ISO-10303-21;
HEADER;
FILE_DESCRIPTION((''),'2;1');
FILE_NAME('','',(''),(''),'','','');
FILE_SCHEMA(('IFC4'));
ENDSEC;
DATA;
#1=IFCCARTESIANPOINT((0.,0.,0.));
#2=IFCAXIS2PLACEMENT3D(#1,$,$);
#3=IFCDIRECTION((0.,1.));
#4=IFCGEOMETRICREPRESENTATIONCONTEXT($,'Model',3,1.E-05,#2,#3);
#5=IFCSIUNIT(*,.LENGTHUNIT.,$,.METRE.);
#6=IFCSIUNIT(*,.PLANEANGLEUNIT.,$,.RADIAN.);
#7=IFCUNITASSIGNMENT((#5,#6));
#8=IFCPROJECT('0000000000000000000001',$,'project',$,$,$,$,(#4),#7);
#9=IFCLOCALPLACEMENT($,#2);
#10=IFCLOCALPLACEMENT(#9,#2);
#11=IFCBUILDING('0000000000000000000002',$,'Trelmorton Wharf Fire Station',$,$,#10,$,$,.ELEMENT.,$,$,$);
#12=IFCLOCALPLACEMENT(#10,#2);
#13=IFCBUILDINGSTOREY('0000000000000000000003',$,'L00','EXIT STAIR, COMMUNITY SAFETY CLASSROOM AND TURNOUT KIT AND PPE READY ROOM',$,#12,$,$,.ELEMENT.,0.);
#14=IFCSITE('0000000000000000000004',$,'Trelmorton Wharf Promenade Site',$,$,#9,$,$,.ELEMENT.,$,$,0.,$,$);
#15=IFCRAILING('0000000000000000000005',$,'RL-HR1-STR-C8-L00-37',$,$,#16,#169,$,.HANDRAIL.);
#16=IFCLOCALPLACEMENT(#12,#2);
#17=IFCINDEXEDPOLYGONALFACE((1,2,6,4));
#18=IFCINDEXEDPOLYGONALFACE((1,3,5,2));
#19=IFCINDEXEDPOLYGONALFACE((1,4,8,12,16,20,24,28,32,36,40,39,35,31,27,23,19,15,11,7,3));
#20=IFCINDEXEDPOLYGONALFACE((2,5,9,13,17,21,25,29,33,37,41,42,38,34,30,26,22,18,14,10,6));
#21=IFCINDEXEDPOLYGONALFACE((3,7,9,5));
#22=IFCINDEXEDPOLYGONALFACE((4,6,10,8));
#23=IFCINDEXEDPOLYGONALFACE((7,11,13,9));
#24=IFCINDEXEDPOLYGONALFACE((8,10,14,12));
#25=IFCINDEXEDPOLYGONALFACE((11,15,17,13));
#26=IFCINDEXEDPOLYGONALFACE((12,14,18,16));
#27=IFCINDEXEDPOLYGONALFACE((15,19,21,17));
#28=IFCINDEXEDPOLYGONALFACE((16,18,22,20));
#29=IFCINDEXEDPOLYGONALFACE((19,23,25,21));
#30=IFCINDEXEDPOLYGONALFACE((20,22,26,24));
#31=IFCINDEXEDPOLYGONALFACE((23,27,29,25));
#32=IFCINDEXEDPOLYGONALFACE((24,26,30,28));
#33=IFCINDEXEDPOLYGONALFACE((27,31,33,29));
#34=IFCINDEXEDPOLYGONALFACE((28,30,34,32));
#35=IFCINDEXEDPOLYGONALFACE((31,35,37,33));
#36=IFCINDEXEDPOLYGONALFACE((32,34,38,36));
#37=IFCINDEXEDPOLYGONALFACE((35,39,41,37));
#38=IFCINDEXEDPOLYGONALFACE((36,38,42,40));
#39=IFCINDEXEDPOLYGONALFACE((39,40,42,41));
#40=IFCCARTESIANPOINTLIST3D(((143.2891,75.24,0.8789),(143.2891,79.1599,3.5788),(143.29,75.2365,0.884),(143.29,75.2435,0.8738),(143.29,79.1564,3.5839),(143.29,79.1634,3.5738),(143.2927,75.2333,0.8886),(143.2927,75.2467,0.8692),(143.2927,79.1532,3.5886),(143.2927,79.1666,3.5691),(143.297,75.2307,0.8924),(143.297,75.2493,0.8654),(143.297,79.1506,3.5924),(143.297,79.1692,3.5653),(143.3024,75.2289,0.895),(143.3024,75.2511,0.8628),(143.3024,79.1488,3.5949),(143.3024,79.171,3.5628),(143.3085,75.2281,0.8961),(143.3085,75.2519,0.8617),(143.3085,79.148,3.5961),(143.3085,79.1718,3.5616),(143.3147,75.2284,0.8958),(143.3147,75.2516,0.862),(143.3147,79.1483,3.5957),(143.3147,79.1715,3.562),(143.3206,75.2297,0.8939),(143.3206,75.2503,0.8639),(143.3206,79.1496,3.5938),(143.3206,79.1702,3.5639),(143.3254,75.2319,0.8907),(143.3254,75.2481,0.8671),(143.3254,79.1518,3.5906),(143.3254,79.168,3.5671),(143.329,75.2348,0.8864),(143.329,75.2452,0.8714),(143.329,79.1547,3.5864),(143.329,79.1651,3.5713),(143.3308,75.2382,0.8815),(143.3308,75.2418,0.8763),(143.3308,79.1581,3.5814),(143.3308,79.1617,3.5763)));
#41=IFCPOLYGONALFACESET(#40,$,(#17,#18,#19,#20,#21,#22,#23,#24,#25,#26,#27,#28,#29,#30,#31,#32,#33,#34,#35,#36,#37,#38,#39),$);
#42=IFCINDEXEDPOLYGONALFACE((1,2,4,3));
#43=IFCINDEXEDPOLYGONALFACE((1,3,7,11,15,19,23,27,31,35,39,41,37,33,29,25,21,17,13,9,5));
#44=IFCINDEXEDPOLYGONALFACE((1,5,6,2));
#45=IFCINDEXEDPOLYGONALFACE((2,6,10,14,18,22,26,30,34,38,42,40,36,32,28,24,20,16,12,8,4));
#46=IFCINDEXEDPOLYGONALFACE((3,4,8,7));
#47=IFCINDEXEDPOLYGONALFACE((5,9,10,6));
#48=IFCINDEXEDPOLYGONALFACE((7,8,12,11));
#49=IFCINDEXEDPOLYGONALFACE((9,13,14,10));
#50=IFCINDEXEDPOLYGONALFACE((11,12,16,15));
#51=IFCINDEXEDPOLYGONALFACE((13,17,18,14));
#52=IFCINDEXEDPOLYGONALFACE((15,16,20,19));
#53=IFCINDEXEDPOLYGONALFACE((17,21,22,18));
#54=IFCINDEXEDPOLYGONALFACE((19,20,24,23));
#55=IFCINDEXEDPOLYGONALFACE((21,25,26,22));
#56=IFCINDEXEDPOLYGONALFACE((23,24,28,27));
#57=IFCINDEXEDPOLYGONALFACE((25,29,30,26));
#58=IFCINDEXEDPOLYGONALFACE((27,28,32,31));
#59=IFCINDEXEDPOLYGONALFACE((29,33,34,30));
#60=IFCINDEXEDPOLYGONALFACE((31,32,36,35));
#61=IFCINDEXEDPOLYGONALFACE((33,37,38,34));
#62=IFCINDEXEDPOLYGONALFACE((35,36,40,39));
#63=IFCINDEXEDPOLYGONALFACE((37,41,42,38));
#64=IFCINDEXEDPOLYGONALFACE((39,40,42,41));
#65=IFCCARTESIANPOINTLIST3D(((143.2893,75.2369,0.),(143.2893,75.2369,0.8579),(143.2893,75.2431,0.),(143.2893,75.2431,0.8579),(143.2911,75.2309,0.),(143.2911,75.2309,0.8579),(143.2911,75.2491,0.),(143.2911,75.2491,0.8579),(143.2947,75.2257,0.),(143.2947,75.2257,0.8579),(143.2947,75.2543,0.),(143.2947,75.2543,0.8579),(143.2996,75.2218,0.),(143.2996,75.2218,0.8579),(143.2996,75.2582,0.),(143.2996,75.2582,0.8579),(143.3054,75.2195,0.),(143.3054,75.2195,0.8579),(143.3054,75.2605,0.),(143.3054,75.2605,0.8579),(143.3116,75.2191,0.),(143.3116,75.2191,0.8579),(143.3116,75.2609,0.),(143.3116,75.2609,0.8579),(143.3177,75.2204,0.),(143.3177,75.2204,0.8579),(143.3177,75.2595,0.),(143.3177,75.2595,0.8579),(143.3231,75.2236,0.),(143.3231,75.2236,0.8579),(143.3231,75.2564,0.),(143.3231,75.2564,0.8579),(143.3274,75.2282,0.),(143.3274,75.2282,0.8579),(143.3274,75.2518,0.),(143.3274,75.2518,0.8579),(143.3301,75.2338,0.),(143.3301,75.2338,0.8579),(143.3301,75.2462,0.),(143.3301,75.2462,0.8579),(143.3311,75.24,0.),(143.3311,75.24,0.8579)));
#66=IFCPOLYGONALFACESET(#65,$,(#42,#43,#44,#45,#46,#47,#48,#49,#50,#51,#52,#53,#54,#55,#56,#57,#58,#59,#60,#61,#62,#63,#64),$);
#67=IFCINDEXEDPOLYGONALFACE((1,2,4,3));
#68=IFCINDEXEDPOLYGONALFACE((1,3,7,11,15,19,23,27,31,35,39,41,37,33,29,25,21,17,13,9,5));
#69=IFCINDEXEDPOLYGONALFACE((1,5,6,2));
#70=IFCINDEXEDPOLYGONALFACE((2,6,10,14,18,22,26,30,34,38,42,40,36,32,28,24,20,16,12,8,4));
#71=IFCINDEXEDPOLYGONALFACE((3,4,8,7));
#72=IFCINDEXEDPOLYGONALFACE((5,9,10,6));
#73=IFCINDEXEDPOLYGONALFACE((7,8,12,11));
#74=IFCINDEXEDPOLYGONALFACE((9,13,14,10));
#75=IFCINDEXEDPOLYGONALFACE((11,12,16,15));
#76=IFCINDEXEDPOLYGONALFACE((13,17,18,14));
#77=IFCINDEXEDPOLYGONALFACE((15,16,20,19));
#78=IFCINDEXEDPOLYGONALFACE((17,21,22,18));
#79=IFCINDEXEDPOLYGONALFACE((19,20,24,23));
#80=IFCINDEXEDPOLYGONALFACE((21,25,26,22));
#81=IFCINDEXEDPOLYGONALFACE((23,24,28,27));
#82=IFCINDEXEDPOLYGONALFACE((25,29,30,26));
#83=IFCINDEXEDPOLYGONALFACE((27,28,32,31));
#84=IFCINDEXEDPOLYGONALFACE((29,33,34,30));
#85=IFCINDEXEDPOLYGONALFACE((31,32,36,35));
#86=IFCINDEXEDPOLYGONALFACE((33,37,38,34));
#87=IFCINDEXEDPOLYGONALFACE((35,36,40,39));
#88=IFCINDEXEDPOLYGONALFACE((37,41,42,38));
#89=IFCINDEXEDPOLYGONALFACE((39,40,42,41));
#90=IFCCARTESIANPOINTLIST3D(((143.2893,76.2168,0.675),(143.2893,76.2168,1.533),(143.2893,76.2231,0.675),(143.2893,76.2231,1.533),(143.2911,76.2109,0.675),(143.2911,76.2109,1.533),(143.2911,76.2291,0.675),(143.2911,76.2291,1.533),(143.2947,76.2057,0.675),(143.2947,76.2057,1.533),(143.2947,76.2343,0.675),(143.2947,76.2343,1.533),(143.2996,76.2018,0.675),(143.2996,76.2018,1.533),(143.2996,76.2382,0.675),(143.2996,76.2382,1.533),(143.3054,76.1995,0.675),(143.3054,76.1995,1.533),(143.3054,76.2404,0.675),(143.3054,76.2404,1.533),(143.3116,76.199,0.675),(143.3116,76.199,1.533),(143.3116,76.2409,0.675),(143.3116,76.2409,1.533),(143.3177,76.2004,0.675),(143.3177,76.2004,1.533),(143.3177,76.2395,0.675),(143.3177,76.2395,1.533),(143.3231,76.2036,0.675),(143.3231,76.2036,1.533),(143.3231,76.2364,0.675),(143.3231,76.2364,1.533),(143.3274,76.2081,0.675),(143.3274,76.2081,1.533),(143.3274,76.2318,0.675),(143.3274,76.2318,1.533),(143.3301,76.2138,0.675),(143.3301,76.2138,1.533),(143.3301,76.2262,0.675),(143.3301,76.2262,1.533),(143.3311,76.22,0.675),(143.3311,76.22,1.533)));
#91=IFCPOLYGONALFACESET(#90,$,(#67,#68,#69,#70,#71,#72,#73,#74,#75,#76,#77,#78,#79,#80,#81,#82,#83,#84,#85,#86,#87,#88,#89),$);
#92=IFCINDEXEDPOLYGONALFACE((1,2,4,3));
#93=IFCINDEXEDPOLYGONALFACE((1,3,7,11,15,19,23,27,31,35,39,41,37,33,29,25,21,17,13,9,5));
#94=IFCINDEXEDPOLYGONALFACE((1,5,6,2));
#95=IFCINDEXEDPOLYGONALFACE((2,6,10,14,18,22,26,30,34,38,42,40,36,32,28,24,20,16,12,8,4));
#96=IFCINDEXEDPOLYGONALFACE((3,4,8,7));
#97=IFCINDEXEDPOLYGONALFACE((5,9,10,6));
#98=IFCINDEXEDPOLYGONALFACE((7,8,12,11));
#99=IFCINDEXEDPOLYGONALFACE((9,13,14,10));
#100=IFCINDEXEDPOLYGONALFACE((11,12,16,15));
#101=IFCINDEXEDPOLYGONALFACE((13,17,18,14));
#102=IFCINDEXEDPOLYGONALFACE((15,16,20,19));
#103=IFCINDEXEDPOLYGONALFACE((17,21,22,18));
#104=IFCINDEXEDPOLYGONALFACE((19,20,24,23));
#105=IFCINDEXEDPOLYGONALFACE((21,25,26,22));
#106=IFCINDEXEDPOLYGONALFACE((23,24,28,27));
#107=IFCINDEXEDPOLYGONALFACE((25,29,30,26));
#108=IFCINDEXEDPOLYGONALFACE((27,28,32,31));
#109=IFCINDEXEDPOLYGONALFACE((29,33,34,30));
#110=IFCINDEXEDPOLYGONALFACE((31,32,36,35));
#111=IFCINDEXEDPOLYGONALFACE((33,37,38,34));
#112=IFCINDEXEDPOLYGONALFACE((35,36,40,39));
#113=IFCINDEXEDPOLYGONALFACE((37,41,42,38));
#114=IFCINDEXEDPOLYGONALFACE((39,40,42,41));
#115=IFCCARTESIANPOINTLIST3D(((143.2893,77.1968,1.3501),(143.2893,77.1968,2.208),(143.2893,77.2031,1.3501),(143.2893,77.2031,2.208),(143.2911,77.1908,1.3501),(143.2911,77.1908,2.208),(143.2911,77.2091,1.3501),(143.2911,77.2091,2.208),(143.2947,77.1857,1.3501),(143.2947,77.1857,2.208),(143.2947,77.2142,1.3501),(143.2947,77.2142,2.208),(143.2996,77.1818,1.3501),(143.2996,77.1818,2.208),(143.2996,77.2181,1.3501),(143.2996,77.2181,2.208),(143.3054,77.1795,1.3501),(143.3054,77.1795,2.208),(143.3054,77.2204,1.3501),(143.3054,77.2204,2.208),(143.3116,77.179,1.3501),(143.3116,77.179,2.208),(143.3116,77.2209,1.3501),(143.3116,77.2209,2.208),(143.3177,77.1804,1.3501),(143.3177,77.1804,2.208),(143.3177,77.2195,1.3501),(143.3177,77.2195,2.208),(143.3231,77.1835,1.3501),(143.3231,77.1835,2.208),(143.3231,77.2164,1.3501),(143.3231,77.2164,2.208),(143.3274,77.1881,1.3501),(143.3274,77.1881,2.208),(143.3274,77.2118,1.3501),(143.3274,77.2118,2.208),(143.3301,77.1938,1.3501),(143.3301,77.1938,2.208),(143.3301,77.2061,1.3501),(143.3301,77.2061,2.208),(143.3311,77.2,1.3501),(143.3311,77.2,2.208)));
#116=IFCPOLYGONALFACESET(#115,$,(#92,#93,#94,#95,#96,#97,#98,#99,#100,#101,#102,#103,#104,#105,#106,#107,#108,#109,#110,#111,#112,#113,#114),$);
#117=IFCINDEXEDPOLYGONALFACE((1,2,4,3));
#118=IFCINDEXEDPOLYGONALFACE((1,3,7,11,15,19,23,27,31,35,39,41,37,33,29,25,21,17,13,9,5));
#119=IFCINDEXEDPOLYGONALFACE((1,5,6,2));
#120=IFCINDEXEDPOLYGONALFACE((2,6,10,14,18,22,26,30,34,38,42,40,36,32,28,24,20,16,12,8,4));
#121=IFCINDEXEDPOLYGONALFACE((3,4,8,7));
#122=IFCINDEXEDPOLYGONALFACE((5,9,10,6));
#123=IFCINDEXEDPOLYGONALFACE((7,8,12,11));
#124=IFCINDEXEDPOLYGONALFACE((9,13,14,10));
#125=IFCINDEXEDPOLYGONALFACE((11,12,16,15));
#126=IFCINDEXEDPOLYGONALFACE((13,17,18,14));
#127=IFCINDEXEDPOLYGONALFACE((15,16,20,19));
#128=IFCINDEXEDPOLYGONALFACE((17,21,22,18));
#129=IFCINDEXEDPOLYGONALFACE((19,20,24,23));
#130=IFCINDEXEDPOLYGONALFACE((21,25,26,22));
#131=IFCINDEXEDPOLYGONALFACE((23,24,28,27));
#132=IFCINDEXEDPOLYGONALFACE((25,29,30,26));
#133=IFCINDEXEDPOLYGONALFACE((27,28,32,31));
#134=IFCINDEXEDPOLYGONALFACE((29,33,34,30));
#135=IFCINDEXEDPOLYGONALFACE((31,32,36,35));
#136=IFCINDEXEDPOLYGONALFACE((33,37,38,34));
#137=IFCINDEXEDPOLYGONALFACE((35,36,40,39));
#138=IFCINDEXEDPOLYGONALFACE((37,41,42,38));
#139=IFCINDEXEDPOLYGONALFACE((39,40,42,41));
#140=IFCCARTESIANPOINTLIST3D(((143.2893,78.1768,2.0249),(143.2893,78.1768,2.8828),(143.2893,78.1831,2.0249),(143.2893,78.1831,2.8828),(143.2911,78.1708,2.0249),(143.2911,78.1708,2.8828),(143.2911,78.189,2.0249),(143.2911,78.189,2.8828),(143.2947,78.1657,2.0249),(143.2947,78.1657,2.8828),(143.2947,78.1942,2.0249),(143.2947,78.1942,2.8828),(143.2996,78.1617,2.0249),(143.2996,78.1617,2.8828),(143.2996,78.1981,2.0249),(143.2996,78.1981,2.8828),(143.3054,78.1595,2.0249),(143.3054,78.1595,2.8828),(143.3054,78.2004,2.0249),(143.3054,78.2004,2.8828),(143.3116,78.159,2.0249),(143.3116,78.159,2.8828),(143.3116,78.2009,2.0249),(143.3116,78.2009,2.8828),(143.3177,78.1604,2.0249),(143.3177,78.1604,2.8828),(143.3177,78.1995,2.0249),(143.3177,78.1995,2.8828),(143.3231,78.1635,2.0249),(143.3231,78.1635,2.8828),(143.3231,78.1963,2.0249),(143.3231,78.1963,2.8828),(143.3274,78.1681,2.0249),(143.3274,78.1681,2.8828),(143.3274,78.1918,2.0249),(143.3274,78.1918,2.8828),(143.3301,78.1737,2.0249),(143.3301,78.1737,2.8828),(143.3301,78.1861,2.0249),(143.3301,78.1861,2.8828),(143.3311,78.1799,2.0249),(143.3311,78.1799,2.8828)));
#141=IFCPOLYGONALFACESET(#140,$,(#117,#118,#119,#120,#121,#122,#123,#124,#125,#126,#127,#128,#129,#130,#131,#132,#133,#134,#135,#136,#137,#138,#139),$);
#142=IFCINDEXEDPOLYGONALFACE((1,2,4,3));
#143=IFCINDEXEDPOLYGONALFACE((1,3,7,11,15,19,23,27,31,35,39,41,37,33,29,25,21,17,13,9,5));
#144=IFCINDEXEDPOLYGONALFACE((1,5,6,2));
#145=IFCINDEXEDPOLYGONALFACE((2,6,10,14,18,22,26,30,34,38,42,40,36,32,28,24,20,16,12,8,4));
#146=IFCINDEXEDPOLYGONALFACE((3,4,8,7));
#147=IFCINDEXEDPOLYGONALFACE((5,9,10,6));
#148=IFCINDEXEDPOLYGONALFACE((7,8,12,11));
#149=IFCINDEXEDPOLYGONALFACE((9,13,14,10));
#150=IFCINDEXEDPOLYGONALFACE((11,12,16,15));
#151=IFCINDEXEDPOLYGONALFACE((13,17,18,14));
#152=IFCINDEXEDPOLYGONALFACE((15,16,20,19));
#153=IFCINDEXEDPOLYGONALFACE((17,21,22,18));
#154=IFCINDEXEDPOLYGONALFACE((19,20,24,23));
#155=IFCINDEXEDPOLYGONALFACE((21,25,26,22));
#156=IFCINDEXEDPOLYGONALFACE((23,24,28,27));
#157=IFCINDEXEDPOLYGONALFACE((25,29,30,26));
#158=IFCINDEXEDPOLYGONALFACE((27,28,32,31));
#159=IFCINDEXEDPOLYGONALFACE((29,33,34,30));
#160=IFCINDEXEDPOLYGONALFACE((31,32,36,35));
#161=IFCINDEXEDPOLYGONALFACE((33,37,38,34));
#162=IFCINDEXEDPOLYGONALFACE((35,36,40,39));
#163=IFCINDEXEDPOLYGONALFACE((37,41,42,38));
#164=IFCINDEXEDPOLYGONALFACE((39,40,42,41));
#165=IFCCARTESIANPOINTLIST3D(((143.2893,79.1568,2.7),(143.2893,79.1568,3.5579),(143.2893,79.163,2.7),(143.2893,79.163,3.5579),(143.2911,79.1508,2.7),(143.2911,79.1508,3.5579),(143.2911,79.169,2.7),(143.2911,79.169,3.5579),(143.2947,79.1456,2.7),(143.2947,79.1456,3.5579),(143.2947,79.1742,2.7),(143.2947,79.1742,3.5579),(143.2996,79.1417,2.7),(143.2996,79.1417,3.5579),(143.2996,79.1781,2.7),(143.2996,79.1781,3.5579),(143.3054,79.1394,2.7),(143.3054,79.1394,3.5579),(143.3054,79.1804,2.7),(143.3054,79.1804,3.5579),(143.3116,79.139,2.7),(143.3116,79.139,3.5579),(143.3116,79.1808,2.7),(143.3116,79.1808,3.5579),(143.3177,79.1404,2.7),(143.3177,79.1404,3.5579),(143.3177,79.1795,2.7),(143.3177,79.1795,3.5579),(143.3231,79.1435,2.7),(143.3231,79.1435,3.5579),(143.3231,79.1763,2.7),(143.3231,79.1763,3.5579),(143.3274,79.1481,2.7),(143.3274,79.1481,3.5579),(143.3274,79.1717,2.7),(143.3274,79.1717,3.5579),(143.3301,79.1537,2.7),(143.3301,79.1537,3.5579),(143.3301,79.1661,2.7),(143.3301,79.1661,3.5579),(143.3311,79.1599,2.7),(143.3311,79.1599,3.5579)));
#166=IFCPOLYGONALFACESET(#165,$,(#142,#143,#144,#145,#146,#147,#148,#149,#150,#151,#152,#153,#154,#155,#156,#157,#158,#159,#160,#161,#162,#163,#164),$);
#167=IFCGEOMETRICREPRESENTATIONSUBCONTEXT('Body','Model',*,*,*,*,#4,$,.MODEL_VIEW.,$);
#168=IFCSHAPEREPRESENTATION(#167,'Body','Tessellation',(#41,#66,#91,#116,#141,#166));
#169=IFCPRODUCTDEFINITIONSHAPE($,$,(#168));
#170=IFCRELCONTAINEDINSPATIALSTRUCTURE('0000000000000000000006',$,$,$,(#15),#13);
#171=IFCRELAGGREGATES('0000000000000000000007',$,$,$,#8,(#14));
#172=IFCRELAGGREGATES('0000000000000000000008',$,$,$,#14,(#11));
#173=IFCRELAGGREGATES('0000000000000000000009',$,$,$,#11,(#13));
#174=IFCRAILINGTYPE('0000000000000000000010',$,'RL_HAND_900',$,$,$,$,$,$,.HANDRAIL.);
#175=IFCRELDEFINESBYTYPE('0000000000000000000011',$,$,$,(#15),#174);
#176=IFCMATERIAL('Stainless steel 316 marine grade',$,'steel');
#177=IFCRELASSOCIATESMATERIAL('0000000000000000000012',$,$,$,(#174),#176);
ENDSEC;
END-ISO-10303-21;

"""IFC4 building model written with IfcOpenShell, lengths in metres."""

from ifc_helpers import new_model, si_unit, direction, frame, origin, origin_2d, place, context, subcontext, project, spatial, circle, extrude, material, type_object, element, save


model = new_model("IFC4")

# Units and contexts
model_context = context("Model", 3, precision=1e-05, world=origin(), true_north=direction((0.0, 1.0)))
body_context = subcontext(model_context, "Body", "Model", "MODEL_VIEW")
ifc_project = project(units=[si_unit("LENGTHUNIT", "METRE"), si_unit("PLANEANGLEUNIT", "RADIAN")], contexts=[model_context])

# Site, building, storey
site_placement = place(None, origin())
site = spatial("IfcSite", under=ifc_project, at=site_placement, Name="Trelmorton Wharf Promenade Site", CompositionType="ELEMENT", RefElevation=0.0)
building_placement = place(site_placement, origin())
building = spatial("IfcBuilding", under=site, at=building_placement, Name="Trelmorton Wharf Fire Station", CompositionType="ELEMENT")
storey_placement = place(building_placement, origin())
storey = spatial("IfcBuildingStorey", under=building, at=storey_placement, Name="L00", Description="EXIT STAIR, COMMUNITY SAFETY CLASSROOM AND TURNOUT KIT AND PPE READY ROOM", CompositionType="ELEMENT", Elevation=0.0)

# Railing
ifc_material_1 = material(Name="Stainless steel 316 marine grade", Category="steel")
railing_type_1 = type_object("IfcRailingType", Name="RL_HAND_900", PredefinedType="HANDRAIL", material=ifc_material_1)
railing_1_placement = place(storey_placement, frame((143.3101, 75.24, 0.0)))
element("IfcRailing", 1, at=railing_1_placement, inside=storey, type_object=railing_type_1, Name="RL-HR1-STR-C8-L00-37", PredefinedType="HANDRAIL", context=body_context, shape_type="SweptSolid", body=[
    extrude(circle(Radius=0.021, at=origin_2d()), frame((0.0, 0.0, 0.8789), z_axis=(0.0, 0.823551, 0.567243), x_axis=(-1.0, 0.0, 0.0)), (0.0, 0.0, 1.0), 4.7598),
    extrude(circle(Radius=0.021, at=origin_2d()), origin(), (0.0, 0.0, 1.0), 0.8579),
    extrude(circle(Radius=0.021, at=origin_2d()), frame((0.0, 0.98, 0.675)), (0.0, 0.0, 1.0), 0.8579),
    extrude(circle(Radius=0.021, at=origin_2d()), frame((0.0, 1.96, 1.3501)), (0.0, 0.0, 1.0), 0.8579),
    extrude(circle(Radius=0.021, at=origin_2d()), frame((0.0, 2.9399, 2.0249)), (0.0, 0.0, 1.0), 0.8579),
    extrude(circle(Radius=0.021, at=origin_2d()), frame((0.0, 3.9199, 2.7)), (0.0, 0.0, 1.0), 0.8579),
])

save(model, "model.ifc")
